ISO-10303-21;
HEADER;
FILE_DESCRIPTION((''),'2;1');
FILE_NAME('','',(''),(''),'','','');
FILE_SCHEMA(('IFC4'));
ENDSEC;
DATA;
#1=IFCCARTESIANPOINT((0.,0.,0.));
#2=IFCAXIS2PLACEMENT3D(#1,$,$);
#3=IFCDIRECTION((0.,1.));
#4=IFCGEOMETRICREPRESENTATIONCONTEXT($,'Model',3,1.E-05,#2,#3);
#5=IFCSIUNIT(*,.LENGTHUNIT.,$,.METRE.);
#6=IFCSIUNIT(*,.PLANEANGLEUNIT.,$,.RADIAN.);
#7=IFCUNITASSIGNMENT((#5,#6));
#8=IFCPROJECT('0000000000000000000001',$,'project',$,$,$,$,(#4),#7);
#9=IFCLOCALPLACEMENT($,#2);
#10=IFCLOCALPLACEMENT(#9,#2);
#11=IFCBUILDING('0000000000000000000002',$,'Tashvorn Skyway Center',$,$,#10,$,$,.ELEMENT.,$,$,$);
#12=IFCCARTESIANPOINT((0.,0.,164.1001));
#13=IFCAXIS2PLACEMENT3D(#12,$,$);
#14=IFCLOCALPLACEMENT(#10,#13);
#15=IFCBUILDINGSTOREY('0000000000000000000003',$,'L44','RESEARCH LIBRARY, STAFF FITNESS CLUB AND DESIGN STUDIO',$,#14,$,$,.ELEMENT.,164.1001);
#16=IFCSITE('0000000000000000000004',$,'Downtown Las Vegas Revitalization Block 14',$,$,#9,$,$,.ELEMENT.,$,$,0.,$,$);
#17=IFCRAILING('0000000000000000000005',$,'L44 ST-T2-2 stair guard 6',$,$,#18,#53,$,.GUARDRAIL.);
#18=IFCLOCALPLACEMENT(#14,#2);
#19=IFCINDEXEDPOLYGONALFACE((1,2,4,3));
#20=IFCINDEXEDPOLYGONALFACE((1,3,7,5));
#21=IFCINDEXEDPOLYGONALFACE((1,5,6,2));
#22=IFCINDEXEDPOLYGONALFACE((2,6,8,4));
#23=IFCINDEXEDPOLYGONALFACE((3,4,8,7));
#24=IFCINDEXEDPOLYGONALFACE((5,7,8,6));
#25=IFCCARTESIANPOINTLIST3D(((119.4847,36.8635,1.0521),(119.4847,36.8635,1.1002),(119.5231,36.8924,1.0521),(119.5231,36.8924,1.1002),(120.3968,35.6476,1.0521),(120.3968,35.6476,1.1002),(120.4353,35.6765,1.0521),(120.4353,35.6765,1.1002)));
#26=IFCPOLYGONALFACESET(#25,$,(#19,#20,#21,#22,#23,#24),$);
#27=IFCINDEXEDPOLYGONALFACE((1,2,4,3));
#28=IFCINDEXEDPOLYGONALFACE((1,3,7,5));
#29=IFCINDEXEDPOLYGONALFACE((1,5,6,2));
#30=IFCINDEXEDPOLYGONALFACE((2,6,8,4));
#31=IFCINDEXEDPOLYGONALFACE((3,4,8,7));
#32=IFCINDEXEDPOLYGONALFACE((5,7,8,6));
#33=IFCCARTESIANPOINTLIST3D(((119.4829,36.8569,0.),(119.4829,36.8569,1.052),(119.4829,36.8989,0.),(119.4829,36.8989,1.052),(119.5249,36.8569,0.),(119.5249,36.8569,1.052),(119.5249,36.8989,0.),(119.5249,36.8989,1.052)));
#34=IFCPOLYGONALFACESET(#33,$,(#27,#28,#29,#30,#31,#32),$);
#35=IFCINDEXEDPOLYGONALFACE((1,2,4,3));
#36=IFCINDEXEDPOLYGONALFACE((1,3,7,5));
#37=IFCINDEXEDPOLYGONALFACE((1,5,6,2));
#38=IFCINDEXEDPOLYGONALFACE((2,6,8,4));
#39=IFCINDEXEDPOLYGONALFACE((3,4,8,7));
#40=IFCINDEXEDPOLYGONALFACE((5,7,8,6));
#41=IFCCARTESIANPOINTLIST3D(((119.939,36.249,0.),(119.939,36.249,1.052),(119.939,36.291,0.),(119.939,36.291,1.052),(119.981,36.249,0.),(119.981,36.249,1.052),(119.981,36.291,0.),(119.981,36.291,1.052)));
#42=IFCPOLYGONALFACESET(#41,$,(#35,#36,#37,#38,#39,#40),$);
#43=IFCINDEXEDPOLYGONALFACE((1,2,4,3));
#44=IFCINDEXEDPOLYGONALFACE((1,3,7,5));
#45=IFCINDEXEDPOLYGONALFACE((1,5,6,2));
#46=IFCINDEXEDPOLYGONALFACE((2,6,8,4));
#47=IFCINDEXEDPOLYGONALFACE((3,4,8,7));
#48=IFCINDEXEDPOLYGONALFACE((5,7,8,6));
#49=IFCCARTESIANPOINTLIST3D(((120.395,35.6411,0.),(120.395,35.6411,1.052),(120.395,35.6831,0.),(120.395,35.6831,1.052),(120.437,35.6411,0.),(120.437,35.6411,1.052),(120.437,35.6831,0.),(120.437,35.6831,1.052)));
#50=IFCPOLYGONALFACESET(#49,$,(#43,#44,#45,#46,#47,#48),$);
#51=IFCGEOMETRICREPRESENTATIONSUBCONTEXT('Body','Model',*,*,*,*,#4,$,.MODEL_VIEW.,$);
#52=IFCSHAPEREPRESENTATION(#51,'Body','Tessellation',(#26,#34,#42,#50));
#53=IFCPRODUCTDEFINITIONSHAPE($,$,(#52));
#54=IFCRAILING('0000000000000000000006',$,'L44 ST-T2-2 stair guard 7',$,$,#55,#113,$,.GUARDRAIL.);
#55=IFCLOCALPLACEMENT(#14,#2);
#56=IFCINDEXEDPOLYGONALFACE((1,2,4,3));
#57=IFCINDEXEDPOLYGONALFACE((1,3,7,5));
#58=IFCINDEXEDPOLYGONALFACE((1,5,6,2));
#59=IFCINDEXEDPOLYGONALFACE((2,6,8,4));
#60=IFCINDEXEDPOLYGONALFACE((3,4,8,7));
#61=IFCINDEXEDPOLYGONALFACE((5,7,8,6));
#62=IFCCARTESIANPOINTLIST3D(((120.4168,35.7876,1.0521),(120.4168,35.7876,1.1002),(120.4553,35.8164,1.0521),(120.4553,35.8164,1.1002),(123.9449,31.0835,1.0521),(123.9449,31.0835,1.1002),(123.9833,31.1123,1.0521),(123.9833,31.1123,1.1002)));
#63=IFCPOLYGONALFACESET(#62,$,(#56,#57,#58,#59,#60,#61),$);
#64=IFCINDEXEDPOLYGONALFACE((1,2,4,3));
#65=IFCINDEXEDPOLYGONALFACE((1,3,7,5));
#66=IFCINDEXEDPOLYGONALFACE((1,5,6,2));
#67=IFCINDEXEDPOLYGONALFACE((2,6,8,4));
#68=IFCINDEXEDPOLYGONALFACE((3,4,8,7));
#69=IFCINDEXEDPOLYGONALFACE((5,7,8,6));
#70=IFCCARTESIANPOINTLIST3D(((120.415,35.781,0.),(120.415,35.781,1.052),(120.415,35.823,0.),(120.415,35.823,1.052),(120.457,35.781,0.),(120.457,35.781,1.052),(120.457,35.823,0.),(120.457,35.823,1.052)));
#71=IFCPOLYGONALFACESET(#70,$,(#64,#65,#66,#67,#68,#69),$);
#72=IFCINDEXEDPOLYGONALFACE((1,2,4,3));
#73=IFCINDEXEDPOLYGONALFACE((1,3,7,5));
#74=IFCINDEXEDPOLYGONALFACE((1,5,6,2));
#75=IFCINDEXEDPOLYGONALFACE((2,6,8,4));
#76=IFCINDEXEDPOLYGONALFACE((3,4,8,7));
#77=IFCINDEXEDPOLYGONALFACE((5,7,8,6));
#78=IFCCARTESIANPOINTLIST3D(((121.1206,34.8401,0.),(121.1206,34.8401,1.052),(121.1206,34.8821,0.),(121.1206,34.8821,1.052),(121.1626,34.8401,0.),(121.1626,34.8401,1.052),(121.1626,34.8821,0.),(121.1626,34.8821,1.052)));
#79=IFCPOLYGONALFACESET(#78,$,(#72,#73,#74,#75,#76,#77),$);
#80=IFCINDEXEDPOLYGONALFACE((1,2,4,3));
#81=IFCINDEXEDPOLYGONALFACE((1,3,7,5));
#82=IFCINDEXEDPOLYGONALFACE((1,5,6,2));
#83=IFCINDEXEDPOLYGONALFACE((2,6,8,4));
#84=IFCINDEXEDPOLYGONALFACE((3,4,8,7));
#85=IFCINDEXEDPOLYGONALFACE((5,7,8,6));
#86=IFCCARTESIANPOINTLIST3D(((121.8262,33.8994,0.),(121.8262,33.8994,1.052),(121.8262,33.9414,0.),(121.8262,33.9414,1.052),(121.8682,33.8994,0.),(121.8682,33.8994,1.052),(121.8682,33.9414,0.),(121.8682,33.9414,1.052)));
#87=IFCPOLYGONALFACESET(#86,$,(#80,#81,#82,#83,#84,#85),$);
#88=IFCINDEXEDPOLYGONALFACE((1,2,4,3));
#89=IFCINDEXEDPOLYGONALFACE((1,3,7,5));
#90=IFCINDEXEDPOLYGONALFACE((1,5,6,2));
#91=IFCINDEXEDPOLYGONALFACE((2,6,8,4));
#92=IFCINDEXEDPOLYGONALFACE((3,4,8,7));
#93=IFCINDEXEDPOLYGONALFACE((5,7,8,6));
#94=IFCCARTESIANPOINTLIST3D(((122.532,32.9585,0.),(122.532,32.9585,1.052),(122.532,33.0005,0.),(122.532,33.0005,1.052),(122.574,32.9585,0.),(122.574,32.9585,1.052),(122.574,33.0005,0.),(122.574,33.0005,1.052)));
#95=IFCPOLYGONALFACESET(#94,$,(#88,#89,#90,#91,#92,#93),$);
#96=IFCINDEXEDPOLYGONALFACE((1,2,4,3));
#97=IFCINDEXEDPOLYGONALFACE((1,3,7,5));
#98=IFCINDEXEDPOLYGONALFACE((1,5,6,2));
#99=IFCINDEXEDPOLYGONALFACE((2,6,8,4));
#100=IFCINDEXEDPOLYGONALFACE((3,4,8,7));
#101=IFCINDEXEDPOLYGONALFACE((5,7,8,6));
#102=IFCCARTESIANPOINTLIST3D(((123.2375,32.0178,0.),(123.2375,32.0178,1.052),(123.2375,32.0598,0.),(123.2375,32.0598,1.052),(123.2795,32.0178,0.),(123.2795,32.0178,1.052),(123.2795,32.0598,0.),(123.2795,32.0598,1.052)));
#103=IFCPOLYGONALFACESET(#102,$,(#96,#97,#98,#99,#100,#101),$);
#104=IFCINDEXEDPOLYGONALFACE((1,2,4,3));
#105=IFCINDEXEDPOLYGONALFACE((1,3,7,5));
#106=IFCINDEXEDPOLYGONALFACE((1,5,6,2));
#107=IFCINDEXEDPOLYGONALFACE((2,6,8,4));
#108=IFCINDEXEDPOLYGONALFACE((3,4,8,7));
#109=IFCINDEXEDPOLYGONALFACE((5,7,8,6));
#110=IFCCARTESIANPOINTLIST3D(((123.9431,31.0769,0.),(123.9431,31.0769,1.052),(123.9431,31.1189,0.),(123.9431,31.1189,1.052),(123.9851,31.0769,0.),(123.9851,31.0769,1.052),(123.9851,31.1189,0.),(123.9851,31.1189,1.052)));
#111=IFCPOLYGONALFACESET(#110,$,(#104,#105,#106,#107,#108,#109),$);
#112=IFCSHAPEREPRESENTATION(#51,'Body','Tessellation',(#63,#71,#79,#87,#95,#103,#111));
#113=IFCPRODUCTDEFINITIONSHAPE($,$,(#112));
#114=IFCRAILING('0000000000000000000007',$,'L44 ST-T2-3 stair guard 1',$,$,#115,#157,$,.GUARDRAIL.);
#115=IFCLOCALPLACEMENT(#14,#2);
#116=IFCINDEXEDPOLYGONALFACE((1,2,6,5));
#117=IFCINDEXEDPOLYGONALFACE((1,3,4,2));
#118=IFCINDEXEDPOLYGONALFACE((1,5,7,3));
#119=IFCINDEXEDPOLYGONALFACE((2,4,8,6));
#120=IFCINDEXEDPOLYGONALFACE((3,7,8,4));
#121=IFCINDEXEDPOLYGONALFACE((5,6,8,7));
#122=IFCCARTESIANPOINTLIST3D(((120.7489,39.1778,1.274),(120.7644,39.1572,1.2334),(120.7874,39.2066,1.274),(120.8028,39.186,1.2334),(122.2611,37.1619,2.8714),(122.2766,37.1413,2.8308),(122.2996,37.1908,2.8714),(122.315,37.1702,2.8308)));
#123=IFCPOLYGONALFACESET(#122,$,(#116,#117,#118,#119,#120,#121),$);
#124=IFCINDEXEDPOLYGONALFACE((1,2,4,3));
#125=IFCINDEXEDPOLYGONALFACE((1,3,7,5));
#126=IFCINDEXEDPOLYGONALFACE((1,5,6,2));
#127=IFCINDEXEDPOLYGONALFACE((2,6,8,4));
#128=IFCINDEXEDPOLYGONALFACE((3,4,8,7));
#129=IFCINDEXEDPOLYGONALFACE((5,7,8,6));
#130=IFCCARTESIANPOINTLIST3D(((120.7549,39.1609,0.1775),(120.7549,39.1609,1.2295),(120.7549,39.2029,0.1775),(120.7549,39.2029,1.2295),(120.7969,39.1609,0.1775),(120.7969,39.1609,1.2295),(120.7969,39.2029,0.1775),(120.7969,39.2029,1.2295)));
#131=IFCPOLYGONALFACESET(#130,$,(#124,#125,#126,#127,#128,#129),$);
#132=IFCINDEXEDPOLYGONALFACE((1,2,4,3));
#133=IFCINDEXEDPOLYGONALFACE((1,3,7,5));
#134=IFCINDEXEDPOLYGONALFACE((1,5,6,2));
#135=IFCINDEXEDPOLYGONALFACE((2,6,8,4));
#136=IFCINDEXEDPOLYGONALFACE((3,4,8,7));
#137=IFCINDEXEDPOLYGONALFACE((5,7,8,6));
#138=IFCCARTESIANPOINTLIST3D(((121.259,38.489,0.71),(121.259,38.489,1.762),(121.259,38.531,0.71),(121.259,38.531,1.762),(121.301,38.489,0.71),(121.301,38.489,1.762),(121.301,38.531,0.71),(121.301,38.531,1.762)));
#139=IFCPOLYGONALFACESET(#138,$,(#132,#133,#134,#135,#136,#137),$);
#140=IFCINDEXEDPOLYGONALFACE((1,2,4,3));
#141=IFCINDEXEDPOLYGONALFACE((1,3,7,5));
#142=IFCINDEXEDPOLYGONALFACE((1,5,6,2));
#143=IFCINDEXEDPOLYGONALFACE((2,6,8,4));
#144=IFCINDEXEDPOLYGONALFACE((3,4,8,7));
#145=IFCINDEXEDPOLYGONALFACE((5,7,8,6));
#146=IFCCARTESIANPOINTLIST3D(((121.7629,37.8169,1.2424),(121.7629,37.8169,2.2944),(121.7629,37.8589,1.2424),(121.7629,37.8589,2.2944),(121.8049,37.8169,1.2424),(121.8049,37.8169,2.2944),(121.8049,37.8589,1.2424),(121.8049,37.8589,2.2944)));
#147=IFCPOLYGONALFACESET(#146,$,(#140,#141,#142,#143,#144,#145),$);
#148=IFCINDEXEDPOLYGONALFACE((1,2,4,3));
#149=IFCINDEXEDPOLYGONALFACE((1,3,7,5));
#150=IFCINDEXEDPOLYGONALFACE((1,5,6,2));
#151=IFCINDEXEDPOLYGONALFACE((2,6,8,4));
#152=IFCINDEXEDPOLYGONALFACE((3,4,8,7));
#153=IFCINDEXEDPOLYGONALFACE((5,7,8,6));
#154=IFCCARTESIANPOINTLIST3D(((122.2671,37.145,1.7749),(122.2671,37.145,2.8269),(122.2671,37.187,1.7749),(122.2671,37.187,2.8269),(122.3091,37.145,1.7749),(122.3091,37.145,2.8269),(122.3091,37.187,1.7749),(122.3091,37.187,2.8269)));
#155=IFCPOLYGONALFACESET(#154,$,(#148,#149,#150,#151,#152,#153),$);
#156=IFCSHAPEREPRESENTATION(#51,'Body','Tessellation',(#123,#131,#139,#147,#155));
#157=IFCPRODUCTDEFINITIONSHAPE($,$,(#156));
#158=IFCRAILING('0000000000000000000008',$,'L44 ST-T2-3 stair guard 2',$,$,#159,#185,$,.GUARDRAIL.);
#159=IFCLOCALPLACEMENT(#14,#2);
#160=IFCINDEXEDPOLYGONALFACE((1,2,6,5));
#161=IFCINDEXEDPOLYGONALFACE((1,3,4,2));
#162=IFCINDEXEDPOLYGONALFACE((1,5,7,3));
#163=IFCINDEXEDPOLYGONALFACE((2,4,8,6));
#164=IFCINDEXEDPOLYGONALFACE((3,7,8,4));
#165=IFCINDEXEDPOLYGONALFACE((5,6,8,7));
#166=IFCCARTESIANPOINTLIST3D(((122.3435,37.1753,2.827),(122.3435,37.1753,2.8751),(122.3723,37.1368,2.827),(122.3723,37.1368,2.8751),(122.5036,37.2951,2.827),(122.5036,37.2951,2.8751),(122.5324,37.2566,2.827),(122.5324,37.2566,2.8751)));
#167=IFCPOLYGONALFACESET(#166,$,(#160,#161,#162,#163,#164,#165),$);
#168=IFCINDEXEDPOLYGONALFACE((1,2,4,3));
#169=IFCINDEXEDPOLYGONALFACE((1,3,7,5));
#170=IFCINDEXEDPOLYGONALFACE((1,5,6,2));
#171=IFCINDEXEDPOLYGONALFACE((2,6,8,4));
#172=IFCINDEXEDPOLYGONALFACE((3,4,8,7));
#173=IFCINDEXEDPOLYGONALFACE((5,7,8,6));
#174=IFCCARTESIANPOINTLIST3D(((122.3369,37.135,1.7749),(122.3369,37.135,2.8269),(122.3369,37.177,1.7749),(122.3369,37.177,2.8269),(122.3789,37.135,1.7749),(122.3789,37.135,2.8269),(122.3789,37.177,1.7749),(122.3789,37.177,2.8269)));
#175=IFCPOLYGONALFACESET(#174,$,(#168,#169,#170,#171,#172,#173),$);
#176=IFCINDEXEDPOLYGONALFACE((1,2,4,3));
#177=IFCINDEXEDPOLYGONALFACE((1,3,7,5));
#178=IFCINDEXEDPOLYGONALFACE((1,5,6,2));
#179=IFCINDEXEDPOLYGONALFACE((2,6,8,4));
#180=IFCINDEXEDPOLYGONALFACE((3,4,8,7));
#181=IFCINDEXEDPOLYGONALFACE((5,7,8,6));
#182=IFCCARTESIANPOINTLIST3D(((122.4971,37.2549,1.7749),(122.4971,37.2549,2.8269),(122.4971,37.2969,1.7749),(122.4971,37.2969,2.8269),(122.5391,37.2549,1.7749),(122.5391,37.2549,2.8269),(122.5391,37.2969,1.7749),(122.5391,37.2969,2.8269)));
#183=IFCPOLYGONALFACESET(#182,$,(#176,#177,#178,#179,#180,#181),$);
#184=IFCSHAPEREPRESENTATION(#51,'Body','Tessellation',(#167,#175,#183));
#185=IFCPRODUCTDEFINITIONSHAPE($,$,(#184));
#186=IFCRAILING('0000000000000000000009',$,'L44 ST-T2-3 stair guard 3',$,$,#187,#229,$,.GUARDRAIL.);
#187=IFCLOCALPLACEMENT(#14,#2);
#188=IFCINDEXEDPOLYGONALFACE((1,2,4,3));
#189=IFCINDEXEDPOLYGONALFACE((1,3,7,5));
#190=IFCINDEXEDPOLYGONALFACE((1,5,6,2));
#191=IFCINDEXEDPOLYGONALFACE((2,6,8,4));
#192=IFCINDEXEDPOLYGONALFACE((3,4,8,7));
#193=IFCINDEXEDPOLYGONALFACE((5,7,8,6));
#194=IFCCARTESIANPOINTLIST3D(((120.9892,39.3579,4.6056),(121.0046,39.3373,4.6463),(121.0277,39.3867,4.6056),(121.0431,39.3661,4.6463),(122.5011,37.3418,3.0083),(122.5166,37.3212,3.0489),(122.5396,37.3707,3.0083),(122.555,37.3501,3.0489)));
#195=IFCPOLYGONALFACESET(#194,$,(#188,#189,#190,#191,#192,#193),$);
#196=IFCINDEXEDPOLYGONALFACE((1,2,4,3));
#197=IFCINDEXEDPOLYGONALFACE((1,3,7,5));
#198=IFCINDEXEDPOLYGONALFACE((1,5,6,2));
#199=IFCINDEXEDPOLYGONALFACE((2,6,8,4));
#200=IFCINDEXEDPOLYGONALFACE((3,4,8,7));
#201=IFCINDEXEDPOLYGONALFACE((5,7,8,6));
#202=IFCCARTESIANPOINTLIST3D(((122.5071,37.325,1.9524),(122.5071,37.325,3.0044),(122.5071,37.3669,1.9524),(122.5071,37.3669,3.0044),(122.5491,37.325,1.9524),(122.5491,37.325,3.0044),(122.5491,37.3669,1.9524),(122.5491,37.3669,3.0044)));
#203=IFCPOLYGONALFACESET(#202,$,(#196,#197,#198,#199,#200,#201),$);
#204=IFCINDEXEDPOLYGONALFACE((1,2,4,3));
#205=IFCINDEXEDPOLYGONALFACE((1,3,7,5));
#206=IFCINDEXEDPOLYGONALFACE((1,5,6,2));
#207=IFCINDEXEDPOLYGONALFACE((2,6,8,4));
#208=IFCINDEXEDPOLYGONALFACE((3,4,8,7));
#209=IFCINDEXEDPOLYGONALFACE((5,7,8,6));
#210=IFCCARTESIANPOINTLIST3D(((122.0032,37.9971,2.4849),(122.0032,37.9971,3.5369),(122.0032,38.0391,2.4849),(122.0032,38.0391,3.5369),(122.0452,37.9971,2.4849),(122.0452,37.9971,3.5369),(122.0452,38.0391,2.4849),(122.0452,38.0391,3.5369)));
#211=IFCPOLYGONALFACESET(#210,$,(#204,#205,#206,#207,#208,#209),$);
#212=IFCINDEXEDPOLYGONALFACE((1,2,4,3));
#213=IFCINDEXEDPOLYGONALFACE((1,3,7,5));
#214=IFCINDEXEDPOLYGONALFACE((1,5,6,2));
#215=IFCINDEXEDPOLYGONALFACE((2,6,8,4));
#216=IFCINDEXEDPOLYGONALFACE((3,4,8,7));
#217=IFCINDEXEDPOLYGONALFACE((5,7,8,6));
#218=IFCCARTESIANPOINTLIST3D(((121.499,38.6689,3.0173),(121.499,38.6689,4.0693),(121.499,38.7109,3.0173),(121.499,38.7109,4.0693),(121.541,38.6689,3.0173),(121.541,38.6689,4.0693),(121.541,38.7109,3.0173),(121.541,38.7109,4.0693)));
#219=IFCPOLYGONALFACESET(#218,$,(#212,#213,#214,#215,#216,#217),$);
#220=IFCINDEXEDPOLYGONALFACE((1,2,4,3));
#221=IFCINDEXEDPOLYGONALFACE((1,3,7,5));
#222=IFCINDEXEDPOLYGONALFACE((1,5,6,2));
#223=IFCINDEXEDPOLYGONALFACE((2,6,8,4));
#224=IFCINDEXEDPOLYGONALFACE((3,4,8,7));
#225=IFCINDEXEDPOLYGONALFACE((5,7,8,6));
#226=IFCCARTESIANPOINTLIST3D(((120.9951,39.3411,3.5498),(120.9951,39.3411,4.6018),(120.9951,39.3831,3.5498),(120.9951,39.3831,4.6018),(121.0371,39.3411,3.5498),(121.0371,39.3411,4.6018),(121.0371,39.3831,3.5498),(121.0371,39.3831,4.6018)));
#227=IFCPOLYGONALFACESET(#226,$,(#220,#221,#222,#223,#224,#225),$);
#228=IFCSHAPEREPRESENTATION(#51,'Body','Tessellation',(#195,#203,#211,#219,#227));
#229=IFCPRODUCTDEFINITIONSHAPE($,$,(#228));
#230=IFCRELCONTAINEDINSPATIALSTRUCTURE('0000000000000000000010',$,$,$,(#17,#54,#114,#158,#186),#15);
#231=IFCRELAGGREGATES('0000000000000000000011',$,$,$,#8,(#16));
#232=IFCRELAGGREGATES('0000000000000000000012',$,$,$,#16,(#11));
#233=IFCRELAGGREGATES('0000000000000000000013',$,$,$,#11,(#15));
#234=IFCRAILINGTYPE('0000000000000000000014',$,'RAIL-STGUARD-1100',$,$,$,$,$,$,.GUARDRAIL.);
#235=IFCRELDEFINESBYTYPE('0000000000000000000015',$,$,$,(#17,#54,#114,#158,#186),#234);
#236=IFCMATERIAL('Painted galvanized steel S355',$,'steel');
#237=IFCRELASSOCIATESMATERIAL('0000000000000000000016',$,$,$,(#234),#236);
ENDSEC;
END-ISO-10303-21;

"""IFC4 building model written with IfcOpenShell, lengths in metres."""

from ifc_helpers import new_model, si_unit, direction, frame, origin, origin_2d, place, context, subcontext, project, spatial, rectangle, extrude, material, type_object, element, save


model = new_model("IFC4")

# Units and contexts
model_context = context("Model", 3, precision=1e-05, world=origin(), true_north=direction((0.0, 1.0)))
body_context = subcontext(model_context, "Body", "Model", "MODEL_VIEW")
ifc_project = project(units=[si_unit("LENGTHUNIT", "METRE"), si_unit("PLANEANGLEUNIT", "RADIAN")], contexts=[model_context])

# Site, building, storey
site_placement = place(None, origin())
site = spatial("IfcSite", under=ifc_project, at=site_placement, Name="Downtown Las Vegas Revitalization Block 14", CompositionType="ELEMENT", RefElevation=0.0)
building_placement = place(site_placement, origin())
building = spatial("IfcBuilding", under=site, at=building_placement, Name="Tashvorn Skyway Center", CompositionType="ELEMENT")
storey_placement = place(building_placement, frame((0.0, 0.0, 164.1001)))
storey = spatial("IfcBuildingStorey", under=building, at=storey_placement, Name="L44", Description="RESEARCH LIBRARY, STAFF FITNESS CLUB AND DESIGN STUDIO", CompositionType="ELEMENT", Elevation=164.1001)

# Railings
ifc_material_1 = material(Name="Painted galvanized steel S355", Category="steel")
railing_type_1 = type_object("IfcRailingType", Name="RAIL-STGUARD-1100", PredefinedType="GUARDRAIL", material=ifc_material_1)
railing_1_placement = place(storey_placement, frame((119.5039, 36.8779, 0.0)))
element("IfcRailing", 1, at=railing_1_placement, inside=storey, type_object=railing_type_1, Name="L44 ST-T2-2 stair guard 6", PredefinedType="GUARDRAIL", context=body_context, shape_type="SweptSolid", body=[
    extrude(rectangle(XDim=0.0481, YDim=0.0481, at=origin_2d()), frame((0.0, 0.0, 1.0762), z_axis=(0.600103, -0.799923, 0.0), x_axis=(0.799923, 0.600103, 0.0)), (0.0, 0.0, 1.0), 1.52),
    extrude(rectangle(XDim=0.042, YDim=0.042, at=origin_2d()), origin(), (0.0, 0.0, 1.0), 1.052),
    extrude(rectangle(XDim=0.042, YDim=0.042, at=origin_2d()), frame((0.4561, -0.6079, 0.0)), (0.0, 0.0, 1.0), 1.052),
    extrude(rectangle(XDim=0.042, YDim=0.042, at=origin_2d()), frame((0.9121, -1.2158, 0.0)), (0.0, 0.0, 1.0), 1.052),
])
railing_2_placement = place(storey_placement, frame((120.436, 35.802, 0.0)))
element("IfcRailing", 2, at=railing_2_placement, inside=storey, type_object=railing_type_1, Name="L44 ST-T2-2 stair guard 7", PredefinedType="GUARDRAIL", context=body_context, shape_type="SweptSolid", body=[
    extrude(rectangle(XDim=0.0481, YDim=0.0481, at=origin_2d()), frame((0.0, 0.0, 1.0762), z_axis=(0.6, -0.8, 0.0), x_axis=(0.8, 0.6, 0.0)), (0.0, 0.0, 1.0), 5.8801),
    extrude(rectangle(XDim=0.042, YDim=0.042, at=origin_2d()), origin(), (0.0, 0.0, 1.0), 1.052),
    extrude(rectangle(XDim=0.042, YDim=0.042, at=origin_2d()), frame((0.7056, -0.9409, 0.0)), (0.0, 0.0, 1.0), 1.052),
    extrude(rectangle(XDim=0.042, YDim=0.042, at=origin_2d()), frame((1.4111, -1.8816, 0.0)), (0.0, 0.0, 1.0), 1.052),
    extrude(rectangle(XDim=0.042, YDim=0.042, at=origin_2d()), frame((2.1169, -2.8225, 0.0)), (0.0, 0.0, 1.0), 1.052),
    extrude(rectangle(XDim=0.042, YDim=0.042, at=origin_2d()), frame((2.8225, -3.7632, 0.0)), (0.0, 0.0, 1.0), 1.052),
    extrude(rectangle(XDim=0.042, YDim=0.042, at=origin_2d()), frame((3.5281, -4.7041, 0.0)), (0.0, 0.0, 1.0), 1.052),
])
railing_3_placement = place(storey_placement, frame((120.7759, 39.1819, 0.1775)))
element("IfcRailing", 3, at=railing_3_placement, inside=storey, type_object=railing_type_1, Name="L44 ST-T2-3 stair guard 1", PredefinedType="GUARDRAIL", context=body_context, shape_type="SweptSolid", body=[
    extrude(rectangle(XDim=0.0481, YDim=0.0481, at=origin_2d()), frame((0.0, 0.0, 1.0762), z_axis=(0.50683, -0.675636, 0.535387), x_axis=(0.799942, 0.600078, 0.0)), (0.0, 0.0, 1.0), 2.9836),
    extrude(rectangle(XDim=0.042, YDim=0.042, at=origin_2d()), origin(), (0.0, 0.0, 1.0), 1.052),
    extrude(rectangle(XDim=0.042, YDim=0.042, at=origin_2d()), frame((0.5042, -0.6719, 0.5325)), (0.0, 0.0, 1.0), 1.052),
    extrude(rectangle(XDim=0.042, YDim=0.042, at=origin_2d()), frame((1.0081, -1.344, 1.0649)), (0.0, 0.0, 1.0), 1.052),
    extrude(rectangle(XDim=0.042, YDim=0.042, at=origin_2d()), frame((1.5122, -2.0159, 1.5974)), (0.0, 0.0, 1.0), 1.052),
])
railing_4_placement = place(storey_placement, frame((122.3579, 37.156, 1.7749)))
element("IfcRailing", 4, at=railing_4_placement, inside=storey, type_object=railing_type_1, Name="L44 ST-T2-3 stair guard 2", PredefinedType="GUARDRAIL", context=body_context, shape_type="SweptSolid", body=[
    extrude(rectangle(XDim=0.0481, YDim=0.0481, at=origin_2d()), frame((0.0, 0.0, 1.0762), z_axis=(0.800585, 0.599219, 0.0), x_axis=(-0.599219, 0.800585, 0.0)), (0.0, 0.0, 1.0), 0.2),
    extrude(rectangle(XDim=0.042, YDim=0.042, at=origin_2d()), origin(), (0.0, 0.0, 1.0), 1.052),
    extrude(rectangle(XDim=0.042, YDim=0.042, at=origin_2d()), frame((0.1602, 0.1199, 0.0)), (0.0, 0.0, 1.0), 1.052),
])
railing_5_placement = place(storey_placement, frame((122.5281, 37.3459, 1.9524)))
element("IfcRailing", 5, at=railing_5_placement, inside=storey, type_object=railing_type_1, Name="L44 ST-T2-3 stair guard 3", PredefinedType="GUARDRAIL", context=body_context, shape_type="SweptSolid", body=[
    extrude(rectangle(XDim=0.0481, YDim=0.0481, at=origin_2d()), frame((0.0, 0.0, 1.0762), z_axis=(-0.506741, 0.675709, 0.535379), x_axis=(-0.800023, -0.599969, 0.0)), (0.0, 0.0, 1.0), 2.9836),
    extrude(rectangle(XDim=0.042, YDim=0.042, at=origin_2d()), origin(), (0.0, 0.0, 1.0), 1.052),
    extrude(rectangle(XDim=0.042, YDim=0.042, at=origin_2d()), frame((-0.5039, 0.6721, 0.5325)), (0.0, 0.0, 1.0), 1.052),
    extrude(rectangle(XDim=0.042, YDim=0.042, at=origin_2d()), frame((-1.0081, 1.344, 1.0649)), (0.0, 0.0, 1.0), 1.052),
    extrude(rectangle(XDim=0.042, YDim=0.042, at=origin_2d()), frame((-1.512, 2.0161, 1.5974)), (0.0, 0.0, 1.0), 1.052),
])

save(model, "model.ifc")
